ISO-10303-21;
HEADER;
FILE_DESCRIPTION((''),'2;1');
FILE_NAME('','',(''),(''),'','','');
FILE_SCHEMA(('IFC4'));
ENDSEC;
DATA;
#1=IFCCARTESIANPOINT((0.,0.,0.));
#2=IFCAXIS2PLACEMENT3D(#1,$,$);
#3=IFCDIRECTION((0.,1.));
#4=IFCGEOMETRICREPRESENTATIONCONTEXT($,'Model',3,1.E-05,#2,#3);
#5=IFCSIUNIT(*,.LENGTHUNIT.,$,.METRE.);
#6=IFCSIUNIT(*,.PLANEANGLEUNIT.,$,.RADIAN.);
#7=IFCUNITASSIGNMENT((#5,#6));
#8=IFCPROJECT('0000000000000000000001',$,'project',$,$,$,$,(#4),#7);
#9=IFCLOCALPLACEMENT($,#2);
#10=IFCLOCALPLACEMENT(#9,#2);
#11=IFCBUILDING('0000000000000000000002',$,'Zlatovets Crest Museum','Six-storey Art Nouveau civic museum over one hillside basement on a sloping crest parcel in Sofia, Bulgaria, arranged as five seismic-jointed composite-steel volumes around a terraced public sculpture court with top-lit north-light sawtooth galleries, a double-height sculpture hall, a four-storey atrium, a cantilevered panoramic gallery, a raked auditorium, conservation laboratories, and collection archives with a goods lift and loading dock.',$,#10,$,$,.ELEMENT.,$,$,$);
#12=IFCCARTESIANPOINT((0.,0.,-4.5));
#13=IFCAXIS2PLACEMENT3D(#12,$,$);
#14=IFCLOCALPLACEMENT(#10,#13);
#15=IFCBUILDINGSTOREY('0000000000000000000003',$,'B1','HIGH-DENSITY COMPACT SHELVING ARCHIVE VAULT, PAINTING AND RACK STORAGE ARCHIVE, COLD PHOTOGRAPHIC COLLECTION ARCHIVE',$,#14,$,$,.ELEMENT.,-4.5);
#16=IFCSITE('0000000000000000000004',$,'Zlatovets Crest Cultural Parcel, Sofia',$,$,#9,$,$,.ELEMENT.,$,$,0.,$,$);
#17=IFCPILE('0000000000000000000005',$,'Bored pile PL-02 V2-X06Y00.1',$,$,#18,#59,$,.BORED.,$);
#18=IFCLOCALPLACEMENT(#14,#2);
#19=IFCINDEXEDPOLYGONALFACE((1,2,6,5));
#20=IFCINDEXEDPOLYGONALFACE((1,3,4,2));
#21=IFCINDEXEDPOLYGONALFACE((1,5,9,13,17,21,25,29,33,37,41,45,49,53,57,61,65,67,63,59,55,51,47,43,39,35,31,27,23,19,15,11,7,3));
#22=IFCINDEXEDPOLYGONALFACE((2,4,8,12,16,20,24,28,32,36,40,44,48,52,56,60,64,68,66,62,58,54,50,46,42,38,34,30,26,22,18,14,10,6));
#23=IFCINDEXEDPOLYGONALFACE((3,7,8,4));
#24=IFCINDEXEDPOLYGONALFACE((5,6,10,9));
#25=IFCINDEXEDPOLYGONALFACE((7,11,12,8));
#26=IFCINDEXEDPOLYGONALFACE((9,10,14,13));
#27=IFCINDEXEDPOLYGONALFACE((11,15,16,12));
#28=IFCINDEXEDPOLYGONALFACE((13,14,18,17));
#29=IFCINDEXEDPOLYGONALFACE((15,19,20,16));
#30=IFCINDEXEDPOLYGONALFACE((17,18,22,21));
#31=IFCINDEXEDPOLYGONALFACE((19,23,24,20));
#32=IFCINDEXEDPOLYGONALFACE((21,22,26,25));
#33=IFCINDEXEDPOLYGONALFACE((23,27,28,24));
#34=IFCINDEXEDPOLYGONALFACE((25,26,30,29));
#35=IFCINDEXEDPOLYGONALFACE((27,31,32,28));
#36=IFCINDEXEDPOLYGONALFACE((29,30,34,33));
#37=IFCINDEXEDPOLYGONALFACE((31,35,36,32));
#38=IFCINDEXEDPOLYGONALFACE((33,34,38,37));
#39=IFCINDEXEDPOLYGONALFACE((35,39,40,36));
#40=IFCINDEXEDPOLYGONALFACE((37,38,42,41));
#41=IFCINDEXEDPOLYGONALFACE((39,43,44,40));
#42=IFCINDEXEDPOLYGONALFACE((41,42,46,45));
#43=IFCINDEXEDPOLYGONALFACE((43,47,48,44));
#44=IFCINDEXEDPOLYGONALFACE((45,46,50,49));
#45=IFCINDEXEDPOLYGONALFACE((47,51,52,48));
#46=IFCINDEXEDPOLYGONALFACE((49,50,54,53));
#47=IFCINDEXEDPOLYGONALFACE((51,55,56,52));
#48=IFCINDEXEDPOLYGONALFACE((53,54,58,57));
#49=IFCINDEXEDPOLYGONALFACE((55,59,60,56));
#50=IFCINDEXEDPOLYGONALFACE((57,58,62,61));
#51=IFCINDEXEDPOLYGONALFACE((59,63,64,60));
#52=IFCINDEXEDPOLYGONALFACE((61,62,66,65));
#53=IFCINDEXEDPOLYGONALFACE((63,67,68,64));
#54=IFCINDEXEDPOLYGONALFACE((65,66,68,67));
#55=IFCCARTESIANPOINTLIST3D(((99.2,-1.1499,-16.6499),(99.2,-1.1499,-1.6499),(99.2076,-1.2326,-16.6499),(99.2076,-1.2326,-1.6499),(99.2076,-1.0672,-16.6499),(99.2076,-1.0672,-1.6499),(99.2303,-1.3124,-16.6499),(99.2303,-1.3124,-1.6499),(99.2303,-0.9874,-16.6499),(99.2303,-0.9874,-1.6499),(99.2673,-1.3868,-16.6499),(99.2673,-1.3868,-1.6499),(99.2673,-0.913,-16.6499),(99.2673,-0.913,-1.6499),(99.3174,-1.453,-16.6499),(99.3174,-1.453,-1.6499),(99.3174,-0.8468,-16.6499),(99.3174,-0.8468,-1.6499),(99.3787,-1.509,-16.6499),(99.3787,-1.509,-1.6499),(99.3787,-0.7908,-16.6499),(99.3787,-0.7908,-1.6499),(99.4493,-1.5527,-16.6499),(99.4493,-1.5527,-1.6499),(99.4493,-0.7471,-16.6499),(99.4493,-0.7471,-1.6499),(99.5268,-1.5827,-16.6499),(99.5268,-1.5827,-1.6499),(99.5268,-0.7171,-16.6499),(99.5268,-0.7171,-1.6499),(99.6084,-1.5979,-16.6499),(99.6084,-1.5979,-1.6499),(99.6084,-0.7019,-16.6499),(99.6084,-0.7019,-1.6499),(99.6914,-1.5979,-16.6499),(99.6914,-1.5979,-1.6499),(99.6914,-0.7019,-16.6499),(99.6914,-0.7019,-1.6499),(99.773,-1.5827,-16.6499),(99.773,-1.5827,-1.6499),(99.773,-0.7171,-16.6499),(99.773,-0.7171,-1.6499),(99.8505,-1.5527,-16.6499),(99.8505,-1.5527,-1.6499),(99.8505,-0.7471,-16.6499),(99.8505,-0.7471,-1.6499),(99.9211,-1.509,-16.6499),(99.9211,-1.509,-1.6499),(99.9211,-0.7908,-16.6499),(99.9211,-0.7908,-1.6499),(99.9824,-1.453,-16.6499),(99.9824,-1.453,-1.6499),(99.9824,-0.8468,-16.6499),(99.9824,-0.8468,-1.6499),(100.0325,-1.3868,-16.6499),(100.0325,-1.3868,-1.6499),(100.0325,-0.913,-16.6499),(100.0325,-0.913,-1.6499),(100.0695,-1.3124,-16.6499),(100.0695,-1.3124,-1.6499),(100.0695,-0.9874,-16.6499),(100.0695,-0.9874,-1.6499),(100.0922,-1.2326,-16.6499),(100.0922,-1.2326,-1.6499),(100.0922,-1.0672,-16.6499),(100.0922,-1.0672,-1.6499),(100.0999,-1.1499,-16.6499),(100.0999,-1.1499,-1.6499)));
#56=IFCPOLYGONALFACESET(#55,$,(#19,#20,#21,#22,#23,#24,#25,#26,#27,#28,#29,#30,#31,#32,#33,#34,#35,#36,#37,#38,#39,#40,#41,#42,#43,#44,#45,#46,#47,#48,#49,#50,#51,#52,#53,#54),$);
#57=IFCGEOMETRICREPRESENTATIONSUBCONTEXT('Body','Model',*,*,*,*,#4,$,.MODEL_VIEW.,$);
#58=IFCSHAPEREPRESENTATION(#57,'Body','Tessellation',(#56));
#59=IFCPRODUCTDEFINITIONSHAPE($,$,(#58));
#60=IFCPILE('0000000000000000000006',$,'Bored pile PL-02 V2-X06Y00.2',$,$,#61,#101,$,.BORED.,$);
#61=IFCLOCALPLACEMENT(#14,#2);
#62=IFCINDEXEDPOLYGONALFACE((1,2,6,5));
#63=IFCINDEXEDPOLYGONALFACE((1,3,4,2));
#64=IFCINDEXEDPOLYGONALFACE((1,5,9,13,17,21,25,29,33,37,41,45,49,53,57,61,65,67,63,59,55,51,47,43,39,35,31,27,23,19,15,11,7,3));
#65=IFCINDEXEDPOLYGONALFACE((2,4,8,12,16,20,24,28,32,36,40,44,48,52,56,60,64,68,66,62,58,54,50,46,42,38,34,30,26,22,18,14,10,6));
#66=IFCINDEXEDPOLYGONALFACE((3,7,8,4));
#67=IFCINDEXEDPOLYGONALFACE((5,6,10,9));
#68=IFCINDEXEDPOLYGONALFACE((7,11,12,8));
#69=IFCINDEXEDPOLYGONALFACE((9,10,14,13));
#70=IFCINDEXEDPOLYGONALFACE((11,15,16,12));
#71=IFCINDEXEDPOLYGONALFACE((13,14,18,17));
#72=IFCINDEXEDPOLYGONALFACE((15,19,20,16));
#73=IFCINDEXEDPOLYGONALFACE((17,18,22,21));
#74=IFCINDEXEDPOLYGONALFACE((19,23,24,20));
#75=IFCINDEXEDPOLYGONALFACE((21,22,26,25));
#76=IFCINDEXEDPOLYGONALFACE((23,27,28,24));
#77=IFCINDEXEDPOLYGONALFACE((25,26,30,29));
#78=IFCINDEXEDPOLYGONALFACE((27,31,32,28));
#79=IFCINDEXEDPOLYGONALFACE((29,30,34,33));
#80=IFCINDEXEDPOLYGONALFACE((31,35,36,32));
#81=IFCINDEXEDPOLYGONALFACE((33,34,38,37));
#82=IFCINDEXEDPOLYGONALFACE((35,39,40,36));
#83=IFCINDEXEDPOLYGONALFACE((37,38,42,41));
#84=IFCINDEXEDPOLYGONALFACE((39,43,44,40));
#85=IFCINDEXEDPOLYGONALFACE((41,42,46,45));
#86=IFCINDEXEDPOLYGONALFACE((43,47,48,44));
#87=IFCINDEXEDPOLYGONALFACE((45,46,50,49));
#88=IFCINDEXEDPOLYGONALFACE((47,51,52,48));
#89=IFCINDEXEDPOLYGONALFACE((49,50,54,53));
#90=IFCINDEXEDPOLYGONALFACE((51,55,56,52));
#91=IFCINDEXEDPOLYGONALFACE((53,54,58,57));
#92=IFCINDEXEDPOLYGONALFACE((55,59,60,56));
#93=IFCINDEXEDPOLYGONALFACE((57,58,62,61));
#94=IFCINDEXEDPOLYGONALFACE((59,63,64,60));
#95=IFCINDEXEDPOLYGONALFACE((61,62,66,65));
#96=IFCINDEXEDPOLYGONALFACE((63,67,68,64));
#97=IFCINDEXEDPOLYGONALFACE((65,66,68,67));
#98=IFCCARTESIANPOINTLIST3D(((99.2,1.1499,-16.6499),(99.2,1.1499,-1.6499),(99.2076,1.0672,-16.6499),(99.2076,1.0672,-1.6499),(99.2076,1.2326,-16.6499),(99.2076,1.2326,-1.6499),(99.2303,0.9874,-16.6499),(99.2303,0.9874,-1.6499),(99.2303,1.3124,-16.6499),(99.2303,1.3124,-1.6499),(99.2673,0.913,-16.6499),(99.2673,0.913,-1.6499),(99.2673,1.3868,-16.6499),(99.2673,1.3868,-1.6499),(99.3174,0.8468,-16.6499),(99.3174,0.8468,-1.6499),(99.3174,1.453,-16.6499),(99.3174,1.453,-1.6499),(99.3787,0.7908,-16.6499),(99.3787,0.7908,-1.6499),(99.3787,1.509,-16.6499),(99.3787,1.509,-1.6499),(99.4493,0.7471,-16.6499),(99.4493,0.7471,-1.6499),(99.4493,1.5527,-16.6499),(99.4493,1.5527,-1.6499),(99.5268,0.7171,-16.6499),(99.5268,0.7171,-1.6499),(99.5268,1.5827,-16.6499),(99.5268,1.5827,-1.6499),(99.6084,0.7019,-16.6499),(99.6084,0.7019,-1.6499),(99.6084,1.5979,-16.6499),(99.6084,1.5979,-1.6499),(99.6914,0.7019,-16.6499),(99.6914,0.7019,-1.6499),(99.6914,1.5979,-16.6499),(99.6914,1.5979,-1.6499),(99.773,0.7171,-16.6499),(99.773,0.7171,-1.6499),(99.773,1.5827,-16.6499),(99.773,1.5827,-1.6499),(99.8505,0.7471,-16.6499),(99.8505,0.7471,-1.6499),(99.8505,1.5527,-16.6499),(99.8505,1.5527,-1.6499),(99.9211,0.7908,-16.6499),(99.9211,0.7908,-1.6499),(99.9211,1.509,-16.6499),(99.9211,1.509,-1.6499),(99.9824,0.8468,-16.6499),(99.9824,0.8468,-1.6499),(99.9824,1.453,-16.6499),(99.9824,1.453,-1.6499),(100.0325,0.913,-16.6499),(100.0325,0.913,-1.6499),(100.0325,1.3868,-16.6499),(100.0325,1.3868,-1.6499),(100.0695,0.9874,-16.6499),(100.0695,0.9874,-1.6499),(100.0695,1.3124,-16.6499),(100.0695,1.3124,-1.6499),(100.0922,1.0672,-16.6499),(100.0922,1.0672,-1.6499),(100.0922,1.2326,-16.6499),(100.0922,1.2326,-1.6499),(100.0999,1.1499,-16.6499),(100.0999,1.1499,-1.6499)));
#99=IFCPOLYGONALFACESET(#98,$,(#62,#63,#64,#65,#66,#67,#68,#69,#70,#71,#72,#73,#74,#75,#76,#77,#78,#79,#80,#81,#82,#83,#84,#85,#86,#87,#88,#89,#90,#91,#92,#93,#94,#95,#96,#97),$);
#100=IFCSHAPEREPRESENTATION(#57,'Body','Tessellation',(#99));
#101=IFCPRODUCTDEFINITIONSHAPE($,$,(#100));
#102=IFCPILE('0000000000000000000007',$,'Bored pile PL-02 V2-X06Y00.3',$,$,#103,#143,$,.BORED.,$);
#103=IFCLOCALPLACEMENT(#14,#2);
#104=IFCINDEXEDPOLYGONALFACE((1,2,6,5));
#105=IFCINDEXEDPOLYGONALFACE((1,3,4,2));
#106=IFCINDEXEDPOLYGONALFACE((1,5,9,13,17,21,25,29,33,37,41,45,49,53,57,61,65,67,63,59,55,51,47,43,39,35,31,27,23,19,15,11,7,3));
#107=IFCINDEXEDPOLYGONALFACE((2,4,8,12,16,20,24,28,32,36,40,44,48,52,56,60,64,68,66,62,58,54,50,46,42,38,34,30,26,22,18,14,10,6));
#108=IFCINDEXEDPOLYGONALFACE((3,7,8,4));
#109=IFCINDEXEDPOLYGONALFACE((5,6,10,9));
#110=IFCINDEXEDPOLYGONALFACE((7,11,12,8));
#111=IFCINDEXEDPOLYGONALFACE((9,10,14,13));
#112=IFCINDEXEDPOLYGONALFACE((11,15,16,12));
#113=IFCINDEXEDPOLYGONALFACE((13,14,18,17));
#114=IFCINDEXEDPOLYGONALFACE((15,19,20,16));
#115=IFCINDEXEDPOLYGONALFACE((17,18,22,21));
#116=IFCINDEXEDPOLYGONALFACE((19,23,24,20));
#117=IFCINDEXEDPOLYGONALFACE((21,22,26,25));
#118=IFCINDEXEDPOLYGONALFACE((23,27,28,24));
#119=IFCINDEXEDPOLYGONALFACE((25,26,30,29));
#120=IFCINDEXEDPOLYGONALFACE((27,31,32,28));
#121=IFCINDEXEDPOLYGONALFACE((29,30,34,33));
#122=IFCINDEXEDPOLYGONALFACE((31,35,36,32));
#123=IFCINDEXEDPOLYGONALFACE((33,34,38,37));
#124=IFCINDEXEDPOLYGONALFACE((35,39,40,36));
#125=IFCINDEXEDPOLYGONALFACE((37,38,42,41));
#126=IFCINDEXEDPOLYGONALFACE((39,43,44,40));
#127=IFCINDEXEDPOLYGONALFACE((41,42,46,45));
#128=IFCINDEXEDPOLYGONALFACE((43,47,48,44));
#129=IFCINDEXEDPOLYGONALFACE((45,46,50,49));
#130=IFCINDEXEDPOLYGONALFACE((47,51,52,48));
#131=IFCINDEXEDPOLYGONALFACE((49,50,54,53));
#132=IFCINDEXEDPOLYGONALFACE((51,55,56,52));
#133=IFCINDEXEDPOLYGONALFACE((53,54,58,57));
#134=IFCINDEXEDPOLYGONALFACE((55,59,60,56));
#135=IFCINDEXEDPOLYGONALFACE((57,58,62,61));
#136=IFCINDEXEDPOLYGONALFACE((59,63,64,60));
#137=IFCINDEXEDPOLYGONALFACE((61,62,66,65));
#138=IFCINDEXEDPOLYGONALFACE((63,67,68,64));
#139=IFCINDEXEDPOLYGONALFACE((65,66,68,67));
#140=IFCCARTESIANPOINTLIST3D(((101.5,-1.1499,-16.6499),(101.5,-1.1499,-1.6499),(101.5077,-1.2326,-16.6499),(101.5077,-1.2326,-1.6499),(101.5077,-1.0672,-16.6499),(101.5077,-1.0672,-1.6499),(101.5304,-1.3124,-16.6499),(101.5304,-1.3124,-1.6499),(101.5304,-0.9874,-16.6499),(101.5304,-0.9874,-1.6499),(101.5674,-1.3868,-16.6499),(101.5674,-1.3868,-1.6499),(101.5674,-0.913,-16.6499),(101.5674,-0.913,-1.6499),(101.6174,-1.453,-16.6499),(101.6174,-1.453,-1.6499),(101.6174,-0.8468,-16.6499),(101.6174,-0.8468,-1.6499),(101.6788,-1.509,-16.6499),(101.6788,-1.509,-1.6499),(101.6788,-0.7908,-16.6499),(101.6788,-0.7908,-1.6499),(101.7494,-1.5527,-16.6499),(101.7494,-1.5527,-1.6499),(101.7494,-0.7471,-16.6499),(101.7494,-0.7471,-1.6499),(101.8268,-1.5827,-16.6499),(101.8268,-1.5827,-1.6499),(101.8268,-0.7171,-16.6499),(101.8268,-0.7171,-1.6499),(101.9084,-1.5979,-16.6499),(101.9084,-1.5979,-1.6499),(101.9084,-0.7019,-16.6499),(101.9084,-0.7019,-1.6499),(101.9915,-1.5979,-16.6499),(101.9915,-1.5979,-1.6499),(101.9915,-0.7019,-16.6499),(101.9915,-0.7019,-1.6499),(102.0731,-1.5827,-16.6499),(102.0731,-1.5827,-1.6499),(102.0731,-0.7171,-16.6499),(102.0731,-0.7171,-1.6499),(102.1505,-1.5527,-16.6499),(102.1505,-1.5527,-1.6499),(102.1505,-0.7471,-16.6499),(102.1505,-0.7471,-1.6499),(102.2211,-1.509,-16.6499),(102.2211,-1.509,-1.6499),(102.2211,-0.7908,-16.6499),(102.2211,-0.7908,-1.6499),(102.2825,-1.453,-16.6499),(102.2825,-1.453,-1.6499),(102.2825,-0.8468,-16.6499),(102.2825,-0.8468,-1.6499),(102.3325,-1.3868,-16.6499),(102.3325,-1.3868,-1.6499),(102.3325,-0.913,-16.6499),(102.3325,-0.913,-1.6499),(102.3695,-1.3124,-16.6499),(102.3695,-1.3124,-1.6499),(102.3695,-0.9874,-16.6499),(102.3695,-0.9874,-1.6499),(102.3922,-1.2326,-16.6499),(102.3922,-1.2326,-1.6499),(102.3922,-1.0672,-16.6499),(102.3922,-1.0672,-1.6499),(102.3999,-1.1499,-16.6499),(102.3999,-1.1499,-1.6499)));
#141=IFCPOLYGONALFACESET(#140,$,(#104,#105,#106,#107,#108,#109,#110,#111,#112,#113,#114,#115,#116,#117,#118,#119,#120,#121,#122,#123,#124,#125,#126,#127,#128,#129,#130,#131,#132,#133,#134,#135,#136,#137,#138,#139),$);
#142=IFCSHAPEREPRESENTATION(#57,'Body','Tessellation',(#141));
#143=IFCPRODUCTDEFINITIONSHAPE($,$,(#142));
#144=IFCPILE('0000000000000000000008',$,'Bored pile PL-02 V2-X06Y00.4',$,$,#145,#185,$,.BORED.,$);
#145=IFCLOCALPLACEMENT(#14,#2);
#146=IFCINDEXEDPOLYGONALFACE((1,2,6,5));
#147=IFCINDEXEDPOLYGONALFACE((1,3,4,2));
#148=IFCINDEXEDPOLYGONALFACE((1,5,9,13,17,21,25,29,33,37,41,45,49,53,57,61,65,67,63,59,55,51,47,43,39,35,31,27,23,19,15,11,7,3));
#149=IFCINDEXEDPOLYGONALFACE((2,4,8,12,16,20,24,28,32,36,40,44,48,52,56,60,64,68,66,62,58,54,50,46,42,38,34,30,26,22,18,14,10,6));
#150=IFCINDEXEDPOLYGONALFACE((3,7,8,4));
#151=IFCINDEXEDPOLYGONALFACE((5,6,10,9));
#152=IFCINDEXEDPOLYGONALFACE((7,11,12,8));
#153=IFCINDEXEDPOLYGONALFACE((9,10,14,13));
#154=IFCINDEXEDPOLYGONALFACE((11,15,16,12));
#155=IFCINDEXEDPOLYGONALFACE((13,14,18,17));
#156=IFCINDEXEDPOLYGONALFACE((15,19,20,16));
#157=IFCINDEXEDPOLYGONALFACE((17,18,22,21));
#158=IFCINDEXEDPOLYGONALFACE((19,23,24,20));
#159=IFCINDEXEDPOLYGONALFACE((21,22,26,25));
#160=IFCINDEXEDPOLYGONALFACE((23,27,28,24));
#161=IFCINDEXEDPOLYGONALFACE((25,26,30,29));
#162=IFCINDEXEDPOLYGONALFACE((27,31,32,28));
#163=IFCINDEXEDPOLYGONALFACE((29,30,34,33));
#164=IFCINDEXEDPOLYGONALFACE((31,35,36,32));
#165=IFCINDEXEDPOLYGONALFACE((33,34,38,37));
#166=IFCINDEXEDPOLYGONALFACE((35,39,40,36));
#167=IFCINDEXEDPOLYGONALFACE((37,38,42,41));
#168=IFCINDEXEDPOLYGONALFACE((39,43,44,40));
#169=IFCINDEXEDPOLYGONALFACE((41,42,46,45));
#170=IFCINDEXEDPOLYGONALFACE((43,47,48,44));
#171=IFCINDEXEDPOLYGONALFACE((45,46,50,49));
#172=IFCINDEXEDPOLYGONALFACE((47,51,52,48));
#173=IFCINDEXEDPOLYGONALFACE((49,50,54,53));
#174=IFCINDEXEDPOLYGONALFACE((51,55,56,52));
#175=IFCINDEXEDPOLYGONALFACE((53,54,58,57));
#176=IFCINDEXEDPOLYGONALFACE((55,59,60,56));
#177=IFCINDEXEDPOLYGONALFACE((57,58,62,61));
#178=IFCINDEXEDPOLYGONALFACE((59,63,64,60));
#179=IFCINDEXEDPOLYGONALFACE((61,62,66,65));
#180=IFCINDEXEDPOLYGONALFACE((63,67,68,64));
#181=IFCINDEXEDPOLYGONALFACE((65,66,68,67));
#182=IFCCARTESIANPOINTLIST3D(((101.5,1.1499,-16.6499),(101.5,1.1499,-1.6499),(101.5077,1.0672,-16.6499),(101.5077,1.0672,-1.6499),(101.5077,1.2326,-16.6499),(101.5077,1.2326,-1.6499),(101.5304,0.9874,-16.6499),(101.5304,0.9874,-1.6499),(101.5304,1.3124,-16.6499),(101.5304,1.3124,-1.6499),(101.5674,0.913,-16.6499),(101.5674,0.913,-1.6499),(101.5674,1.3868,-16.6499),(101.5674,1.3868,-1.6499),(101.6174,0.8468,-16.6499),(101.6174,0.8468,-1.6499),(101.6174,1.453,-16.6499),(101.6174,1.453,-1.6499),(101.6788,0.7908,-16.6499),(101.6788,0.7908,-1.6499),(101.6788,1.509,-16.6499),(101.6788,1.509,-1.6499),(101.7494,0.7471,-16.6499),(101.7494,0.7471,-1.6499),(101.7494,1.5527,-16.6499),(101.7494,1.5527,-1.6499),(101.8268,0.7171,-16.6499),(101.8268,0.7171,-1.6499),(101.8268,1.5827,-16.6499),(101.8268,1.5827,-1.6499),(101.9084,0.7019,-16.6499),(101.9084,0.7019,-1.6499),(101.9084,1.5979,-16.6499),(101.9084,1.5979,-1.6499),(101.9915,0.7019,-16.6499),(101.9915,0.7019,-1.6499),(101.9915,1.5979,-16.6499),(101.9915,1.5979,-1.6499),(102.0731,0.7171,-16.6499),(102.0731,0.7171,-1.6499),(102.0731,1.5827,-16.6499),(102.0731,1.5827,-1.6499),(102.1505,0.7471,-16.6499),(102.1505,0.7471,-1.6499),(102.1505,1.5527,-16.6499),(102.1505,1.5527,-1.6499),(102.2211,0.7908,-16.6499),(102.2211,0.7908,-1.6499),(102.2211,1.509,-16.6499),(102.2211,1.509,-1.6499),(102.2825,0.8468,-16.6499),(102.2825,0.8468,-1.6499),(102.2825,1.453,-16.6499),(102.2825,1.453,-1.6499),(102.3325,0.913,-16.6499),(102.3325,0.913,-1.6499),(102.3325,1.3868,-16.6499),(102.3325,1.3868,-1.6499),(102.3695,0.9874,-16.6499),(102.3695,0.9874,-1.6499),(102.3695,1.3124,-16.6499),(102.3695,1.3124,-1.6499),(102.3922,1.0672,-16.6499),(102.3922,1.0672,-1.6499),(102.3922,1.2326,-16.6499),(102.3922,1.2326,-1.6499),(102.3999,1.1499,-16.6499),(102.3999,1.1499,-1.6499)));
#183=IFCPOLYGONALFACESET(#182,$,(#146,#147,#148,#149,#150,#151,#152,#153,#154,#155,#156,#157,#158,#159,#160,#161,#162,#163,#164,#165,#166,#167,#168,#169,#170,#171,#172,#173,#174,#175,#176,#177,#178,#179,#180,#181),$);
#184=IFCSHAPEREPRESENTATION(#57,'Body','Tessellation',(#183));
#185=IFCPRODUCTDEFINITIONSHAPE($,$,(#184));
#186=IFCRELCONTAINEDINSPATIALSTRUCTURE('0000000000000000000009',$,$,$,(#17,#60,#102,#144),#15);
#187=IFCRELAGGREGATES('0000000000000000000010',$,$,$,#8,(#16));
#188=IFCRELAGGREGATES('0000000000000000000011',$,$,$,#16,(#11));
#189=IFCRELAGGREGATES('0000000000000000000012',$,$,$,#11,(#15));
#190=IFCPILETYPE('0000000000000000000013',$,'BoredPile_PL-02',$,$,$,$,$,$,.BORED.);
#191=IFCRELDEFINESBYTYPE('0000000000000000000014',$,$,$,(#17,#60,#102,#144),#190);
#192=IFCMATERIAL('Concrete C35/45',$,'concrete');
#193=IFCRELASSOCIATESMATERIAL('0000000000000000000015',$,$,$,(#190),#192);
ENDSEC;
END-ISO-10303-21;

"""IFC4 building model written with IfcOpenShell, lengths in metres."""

from ifc_helpers import new_model, si_unit, direction, frame, origin, origin_2d, place, context, subcontext, project, spatial, circle, extrude, material, material_profile, profile_set, type_object, element, save


model = new_model("IFC4")

# Units and contexts
model_context = context("Model", 3, precision=1e-05, world=origin(), true_north=direction((0.0, 1.0)))
body_context = subcontext(model_context, "Body", "Model", "MODEL_VIEW")
ifc_project = project(units=[si_unit("LENGTHUNIT", "METRE"), si_unit("PLANEANGLEUNIT", "RADIAN")], contexts=[model_context])

# Site, building, storey
site_placement = place(None, origin())
site = spatial("IfcSite", under=ifc_project, at=site_placement, Name="Zlatovets Crest Cultural Parcel, Sofia", CompositionType="ELEMENT", RefElevation=0.0)
building_placement = place(site_placement, origin())
building = spatial("IfcBuilding", under=site, at=building_placement, Name="Zlatovets Crest Museum", Description="Six-storey Art Nouveau civic museum over one hillside basement on a sloping crest parcel in Sofia, Bulgaria, arranged as five seismic-jointed composite-steel volumes around a terraced public sculpture court with top-lit north-light sawtooth galleries, a double-height sculpture hall, a four-storey atrium, a cantilevered panoramic gallery, a raked auditorium, conservation laboratories, and collection archives with a goods lift and loading dock.", CompositionType="ELEMENT")
storey_placement = place(building_placement, frame((0.0, 0.0, -4.5)))
storey = spatial("IfcBuildingStorey", under=building, at=storey_placement, Name="B1", Description="HIGH-DENSITY COMPACT SHELVING ARCHIVE VAULT, PAINTING AND RACK STORAGE ARCHIVE, COLD PHOTOGRAPHIC COLLECTION ARCHIVE", CompositionType="ELEMENT", Elevation=-4.5)

# Piles
ifc_material_1 = material(Name="Concrete C35/45", Category="concrete")
ifc_material_profile_1 = material_profile(ifc_material_1, circle(Radius=0.45, at=origin_2d()), Name="PILE D900")
ifc_profile_set_1 = profile_set([ifc_material_profile_1], Name="Concrete C35/45")
pile_type_1 = type_object("IfcPileType", Name="BoredPile_PL-02", PredefinedType="BORED", material=ifc_profile_set_1)
for number, where, z_axis, x_axis, name in (
    (1, (99.6499, -1.1499, -1.6499), (0.0, 0.0, -1.0), (1.0, 0.0, 0.0), "Bored pile PL-02 V2-X06Y00.1"),
    (2, (99.6499, 1.1499, -1.6499), (0.0, 0.0, -1.0), (1.0, 0.0, 0.0), "Bored pile PL-02 V2-X06Y00.2"),
    (3, (101.95, -1.1499, -1.6499), (0.0, 0.0, -1.0), (1.0, 0.0, 0.0), "Bored pile PL-02 V2-X06Y00.3"),
    (4, (101.95, 1.1499, -1.6499), (0.0, 0.0, -1.0), (1.0, 0.0, 0.0), "Bored pile PL-02 V2-X06Y00.4"),
):
    element("IfcPile", number, at=place(storey_placement, frame(where, z_axis=z_axis, x_axis=x_axis)), inside=storey, type_object=pile_type_1, Name=name, PredefinedType="BORED", context=body_context, shape_type="SweptSolid", body=[
        extrude(circle(Radius=0.45, at=origin_2d()), origin(), (0.0, 0.0, 1.0), 15.0),
    ])

save(model, "model.ifc")
